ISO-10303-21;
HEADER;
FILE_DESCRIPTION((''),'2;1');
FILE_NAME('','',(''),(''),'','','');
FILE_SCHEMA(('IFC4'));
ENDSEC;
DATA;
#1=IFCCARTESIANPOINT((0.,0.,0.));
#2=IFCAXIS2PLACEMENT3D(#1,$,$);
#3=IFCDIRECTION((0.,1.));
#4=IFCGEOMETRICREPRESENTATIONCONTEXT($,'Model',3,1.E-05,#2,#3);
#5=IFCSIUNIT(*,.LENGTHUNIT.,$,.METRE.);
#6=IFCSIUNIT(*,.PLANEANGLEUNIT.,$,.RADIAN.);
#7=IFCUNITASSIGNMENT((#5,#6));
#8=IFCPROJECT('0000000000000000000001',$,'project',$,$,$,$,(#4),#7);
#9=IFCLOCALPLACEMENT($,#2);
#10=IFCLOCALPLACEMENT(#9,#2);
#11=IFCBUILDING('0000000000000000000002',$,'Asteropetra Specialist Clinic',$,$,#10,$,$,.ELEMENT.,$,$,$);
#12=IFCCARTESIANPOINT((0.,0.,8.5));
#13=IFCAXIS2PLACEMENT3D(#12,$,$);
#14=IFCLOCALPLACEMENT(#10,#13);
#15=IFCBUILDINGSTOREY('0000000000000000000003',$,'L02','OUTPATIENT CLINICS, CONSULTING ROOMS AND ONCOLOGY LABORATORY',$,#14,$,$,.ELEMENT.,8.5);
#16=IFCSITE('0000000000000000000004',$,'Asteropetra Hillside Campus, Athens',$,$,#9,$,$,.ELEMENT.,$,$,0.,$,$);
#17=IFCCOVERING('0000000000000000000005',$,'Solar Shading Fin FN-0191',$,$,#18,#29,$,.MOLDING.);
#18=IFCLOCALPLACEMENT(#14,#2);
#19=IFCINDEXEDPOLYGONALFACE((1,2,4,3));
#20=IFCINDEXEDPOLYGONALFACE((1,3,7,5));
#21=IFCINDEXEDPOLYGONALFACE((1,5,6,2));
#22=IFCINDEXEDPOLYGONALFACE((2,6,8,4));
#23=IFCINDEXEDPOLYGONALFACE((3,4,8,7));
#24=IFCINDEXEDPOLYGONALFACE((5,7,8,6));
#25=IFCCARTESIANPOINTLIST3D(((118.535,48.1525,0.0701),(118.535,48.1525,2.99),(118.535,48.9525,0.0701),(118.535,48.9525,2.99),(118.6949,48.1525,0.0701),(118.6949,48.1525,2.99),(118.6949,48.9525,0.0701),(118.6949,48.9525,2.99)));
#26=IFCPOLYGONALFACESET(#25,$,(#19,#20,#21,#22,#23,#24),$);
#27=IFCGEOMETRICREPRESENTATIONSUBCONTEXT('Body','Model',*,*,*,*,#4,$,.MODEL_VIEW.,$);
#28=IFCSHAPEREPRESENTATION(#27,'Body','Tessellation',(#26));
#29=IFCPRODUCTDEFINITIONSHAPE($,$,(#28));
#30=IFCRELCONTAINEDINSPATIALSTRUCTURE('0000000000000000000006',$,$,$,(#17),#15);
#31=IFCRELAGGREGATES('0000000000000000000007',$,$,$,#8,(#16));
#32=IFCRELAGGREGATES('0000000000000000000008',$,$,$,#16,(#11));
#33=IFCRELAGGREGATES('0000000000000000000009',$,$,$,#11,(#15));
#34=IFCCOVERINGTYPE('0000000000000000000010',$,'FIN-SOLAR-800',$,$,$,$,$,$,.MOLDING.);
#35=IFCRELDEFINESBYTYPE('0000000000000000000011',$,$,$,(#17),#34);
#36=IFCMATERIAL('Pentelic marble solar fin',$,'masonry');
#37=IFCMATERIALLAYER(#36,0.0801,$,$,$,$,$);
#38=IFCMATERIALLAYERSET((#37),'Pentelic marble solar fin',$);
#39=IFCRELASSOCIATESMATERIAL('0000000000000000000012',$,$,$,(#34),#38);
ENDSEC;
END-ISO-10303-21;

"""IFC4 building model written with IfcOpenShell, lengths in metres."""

from ifc_helpers import new_model, si_unit, direction, frame, origin, origin_2d, place, context, subcontext, project, spatial, rectangle, extrude, material, layer, layer_set, type_object, element, save


model = new_model("IFC4")

# Units and contexts
model_context = context("Model", 3, precision=1e-05, world=origin(), true_north=direction((0.0, 1.0)))
body_context = subcontext(model_context, "Body", "Model", "MODEL_VIEW")
ifc_project = project(units=[si_unit("LENGTHUNIT", "METRE"), si_unit("PLANEANGLEUNIT", "RADIAN")], contexts=[model_context])

# Site, building, storey
site_placement = place(None, origin())
site = spatial("IfcSite", under=ifc_project, at=site_placement, Name="Asteropetra Hillside Campus, Athens", CompositionType="ELEMENT", RefElevation=0.0)
building_placement = place(site_placement, origin())
building = spatial("IfcBuilding", under=site, at=building_placement, Name="Asteropetra Specialist Clinic", CompositionType="ELEMENT")
storey_placement = place(building_placement, frame((0.0, 0.0, 8.5)))
storey = spatial("IfcBuildingStorey", under=building, at=storey_placement, Name="L02", Description="OUTPATIENT CLINICS, CONSULTING ROOMS AND ONCOLOGY LABORATORY", CompositionType="ELEMENT", Elevation=8.5)

# Covering
ifc_material_1 = material(Name="Pentelic marble solar fin", Category="masonry")
ifc_layer_1 = layer(ifc_material_1, 0.0801)
ifc_layer_set_1 = layer_set([ifc_layer_1], Name="Pentelic marble solar fin")
covering_type_1 = type_object("IfcCoveringType", Name="FIN-SOLAR-800", PredefinedType="MOLDING", material=ifc_layer_set_1)
for number, where, z_axis, x_axis, name in (
    (1, (118.615, 48.5525, 0.0701), (0.0, 0.0, 1.0), (1.0, 0.0, 0.0), "Solar Shading Fin FN-0191"),
):
    element("IfcCovering", number, at=place(storey_placement, frame(where, z_axis=z_axis, x_axis=x_axis)), inside=storey, type_object=covering_type_1, Name=name, PredefinedType="MOLDING", context=body_context, shape_type="SweptSolid", body=[
        extrude(rectangle(XDim=0.1599, YDim=0.8, at=origin_2d()), origin(), (0.0, 0.0, 1.0), 2.9199),
    ])

save(model, "model.ifc")
